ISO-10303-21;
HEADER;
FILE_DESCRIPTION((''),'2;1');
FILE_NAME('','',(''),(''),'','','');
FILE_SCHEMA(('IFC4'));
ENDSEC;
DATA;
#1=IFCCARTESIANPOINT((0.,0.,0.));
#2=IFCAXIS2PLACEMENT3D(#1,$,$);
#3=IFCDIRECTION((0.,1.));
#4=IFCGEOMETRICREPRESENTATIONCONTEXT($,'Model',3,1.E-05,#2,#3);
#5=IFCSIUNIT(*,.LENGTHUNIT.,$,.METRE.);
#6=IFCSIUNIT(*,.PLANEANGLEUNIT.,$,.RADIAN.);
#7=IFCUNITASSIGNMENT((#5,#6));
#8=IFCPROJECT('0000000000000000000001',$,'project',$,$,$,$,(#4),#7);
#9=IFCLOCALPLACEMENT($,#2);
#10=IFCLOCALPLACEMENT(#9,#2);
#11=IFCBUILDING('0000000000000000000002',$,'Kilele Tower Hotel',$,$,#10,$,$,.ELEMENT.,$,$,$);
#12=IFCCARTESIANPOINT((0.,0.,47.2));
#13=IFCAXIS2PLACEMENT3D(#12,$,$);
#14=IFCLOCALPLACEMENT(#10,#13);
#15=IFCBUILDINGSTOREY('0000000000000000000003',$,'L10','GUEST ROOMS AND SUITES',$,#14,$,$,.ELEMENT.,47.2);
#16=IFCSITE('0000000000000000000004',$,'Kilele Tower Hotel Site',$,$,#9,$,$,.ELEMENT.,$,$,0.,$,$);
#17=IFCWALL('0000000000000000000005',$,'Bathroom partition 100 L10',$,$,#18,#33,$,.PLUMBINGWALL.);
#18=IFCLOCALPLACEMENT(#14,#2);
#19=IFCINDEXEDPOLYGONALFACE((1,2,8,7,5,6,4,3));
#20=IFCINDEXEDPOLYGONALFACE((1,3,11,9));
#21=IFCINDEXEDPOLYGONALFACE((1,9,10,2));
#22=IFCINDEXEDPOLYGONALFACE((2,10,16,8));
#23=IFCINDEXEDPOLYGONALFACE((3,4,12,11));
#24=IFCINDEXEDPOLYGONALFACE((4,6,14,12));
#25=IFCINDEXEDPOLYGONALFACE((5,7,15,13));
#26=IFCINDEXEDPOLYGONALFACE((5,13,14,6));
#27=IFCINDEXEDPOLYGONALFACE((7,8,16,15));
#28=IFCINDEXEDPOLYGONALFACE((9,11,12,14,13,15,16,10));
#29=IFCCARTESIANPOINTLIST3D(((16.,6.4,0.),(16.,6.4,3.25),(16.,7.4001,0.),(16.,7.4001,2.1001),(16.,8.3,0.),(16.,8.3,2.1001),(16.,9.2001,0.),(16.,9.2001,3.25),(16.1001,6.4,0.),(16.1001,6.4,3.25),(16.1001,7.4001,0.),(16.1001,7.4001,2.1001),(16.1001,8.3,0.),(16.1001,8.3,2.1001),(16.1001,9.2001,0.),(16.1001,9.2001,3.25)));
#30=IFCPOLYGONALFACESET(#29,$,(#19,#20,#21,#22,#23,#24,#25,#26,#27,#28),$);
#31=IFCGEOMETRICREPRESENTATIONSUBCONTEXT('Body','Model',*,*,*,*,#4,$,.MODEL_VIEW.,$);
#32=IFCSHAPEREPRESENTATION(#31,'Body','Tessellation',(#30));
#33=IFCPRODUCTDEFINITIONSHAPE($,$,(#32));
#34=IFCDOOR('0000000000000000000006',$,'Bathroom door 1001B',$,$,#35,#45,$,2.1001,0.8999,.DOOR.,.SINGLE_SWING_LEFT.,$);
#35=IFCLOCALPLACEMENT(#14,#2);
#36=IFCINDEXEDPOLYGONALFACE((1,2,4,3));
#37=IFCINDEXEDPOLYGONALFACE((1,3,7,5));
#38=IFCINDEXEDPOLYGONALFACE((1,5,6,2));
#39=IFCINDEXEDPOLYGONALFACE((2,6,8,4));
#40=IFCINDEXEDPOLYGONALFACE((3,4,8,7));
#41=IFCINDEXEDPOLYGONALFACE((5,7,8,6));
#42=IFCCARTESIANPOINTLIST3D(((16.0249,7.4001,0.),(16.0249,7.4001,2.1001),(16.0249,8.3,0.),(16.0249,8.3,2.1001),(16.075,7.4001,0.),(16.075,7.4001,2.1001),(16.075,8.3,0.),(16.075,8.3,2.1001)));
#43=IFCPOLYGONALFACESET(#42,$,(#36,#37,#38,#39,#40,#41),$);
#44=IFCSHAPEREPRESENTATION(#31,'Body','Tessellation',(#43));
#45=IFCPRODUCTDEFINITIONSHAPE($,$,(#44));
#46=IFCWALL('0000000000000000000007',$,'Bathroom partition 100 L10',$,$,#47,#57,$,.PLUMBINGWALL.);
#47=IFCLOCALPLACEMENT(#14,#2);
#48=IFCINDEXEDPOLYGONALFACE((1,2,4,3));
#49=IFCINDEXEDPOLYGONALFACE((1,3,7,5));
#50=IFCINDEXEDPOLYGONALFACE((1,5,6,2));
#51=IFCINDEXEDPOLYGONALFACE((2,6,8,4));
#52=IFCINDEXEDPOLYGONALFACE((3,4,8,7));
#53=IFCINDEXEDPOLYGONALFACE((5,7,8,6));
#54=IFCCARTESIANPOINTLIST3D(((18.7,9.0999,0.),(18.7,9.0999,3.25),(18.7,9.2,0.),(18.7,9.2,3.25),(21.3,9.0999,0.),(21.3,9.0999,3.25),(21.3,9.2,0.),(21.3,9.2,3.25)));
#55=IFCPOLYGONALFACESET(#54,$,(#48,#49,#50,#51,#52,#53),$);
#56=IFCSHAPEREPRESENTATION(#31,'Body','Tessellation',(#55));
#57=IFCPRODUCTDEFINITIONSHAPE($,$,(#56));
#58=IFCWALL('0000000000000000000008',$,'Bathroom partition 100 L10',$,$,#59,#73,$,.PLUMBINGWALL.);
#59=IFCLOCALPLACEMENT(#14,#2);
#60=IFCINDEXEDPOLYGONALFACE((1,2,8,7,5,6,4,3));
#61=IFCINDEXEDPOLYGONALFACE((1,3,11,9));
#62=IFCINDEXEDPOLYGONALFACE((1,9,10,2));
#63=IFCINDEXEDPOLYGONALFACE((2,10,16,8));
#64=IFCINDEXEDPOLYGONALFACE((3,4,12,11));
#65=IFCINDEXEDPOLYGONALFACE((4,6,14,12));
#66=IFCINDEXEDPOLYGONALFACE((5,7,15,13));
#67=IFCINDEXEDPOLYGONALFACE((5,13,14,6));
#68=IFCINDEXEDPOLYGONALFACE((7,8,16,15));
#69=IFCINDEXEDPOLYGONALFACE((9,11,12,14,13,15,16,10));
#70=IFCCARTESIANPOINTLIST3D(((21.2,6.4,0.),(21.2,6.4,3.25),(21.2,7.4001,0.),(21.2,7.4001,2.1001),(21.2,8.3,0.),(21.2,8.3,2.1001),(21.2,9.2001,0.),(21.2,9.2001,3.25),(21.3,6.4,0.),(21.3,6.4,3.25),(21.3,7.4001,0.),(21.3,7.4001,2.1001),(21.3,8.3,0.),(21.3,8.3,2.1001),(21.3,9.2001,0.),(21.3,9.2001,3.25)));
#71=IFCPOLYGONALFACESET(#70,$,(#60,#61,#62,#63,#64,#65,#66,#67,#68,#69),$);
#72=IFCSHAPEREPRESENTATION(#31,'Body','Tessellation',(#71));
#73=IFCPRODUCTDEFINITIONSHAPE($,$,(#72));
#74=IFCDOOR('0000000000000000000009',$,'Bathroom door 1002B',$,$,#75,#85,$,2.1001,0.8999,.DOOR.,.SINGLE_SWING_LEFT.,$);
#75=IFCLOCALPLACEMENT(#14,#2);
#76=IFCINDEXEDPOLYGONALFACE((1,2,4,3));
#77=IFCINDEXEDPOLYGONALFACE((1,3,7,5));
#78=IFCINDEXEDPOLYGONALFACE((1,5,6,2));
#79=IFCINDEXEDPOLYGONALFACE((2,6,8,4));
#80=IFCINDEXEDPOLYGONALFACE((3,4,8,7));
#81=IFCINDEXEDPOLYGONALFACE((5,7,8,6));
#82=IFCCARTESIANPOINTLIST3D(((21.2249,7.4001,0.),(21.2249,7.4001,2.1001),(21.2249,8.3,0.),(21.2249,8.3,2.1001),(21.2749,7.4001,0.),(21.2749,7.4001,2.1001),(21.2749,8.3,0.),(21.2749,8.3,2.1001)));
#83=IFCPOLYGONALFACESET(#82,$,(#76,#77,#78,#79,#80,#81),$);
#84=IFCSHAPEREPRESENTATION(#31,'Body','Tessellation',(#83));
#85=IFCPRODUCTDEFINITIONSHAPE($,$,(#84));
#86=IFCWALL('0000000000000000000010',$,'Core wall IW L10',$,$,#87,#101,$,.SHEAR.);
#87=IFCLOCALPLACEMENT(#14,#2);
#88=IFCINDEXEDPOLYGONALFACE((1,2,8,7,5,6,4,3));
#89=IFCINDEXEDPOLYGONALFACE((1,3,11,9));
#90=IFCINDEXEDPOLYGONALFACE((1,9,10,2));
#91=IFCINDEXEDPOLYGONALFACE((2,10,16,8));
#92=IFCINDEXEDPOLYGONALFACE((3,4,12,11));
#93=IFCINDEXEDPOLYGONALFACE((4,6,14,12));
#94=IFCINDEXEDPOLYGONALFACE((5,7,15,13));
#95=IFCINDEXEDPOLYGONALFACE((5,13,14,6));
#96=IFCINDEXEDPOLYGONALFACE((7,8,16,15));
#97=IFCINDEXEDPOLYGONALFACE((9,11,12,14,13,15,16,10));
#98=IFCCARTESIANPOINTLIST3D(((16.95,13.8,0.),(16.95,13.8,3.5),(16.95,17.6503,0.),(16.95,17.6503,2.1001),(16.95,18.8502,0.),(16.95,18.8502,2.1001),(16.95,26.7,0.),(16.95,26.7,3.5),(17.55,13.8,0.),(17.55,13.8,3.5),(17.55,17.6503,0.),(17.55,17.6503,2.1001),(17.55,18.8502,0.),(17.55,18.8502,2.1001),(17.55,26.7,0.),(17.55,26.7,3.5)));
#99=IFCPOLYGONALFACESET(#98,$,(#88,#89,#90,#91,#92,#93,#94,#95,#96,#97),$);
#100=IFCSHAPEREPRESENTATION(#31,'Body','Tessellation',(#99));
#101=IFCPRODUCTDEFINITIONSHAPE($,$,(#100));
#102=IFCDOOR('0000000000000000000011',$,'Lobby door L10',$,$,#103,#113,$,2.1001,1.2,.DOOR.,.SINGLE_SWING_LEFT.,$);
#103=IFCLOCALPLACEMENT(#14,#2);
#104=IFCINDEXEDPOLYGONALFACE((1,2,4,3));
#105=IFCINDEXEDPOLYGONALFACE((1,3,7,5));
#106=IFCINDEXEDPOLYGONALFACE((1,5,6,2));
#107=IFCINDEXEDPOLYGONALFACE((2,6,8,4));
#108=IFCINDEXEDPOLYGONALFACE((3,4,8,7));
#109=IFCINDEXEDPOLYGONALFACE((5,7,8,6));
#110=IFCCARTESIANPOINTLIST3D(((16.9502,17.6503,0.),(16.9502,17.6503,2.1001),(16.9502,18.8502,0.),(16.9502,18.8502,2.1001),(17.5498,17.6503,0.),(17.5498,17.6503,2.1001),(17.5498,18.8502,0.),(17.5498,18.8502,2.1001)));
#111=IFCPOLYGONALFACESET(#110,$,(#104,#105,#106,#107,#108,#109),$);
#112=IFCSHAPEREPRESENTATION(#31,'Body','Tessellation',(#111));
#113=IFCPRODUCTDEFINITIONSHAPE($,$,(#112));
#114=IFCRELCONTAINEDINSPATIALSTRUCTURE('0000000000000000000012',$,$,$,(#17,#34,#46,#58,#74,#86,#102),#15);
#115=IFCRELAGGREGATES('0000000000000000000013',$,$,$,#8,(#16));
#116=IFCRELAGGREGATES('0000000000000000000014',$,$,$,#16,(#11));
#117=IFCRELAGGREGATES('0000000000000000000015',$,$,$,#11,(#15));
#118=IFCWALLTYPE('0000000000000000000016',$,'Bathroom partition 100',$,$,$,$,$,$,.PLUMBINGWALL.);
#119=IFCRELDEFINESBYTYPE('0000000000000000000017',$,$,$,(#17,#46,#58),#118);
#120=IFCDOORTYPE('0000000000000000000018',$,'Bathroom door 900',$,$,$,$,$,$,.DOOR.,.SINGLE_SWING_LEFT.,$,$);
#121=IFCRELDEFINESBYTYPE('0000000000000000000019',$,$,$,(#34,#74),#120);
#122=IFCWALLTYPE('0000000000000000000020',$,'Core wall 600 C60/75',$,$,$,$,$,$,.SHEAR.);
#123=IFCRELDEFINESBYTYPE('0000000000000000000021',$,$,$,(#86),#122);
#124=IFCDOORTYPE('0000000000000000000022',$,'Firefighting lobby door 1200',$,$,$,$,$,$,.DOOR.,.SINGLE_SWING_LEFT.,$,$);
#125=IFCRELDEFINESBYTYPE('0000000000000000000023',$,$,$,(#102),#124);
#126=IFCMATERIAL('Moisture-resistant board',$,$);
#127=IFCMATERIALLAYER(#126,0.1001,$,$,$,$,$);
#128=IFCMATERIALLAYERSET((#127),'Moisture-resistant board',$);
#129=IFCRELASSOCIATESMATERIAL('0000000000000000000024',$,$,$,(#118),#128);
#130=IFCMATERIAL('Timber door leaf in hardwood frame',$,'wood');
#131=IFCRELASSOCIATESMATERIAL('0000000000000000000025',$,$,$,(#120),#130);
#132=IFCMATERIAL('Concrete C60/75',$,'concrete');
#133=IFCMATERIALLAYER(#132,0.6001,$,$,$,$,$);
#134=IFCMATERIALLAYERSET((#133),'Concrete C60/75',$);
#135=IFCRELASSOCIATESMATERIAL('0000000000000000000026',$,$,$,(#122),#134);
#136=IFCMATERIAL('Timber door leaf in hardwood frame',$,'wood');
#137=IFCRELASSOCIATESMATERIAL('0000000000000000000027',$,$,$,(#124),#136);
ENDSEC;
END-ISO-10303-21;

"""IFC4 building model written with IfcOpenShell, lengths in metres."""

from ifc_helpers import new_model, si_unit, direction, frame, frame_2d, origin, place, context, subcontext, project, spatial, rectangle, extrude, material, layer, layer_set, type_object, element, fill, save


model = new_model("IFC4")

# Units and contexts
model_context = context("Model", 3, precision=1e-05, world=origin(), true_north=direction((0.0, 1.0)))
body_context = subcontext(model_context, "Body", "Model", "MODEL_VIEW")
ifc_project = project(units=[si_unit("LENGTHUNIT", "METRE"), si_unit("PLANEANGLEUNIT", "RADIAN")], contexts=[model_context])

# Site, building, storey
site_placement = place(None, origin())
site = spatial("IfcSite", under=ifc_project, at=site_placement, Name="Kilele Tower Hotel Site", CompositionType="ELEMENT", RefElevation=0.0)
building_placement = place(site_placement, origin())
building = spatial("IfcBuilding", under=site, at=building_placement, Name="Kilele Tower Hotel", CompositionType="ELEMENT")
storey_placement = place(building_placement, frame((0.0, 0.0, 47.2)))
storey = spatial("IfcBuildingStorey", under=building, at=storey_placement, Name="L10", Description="GUEST ROOMS AND SUITES", CompositionType="ELEMENT", Elevation=47.2)

# Wall, opening, door
ifc_material_1 = material(Name="Moisture-resistant board")
ifc_layer_1 = layer(ifc_material_1, 0.1001)
ifc_layer_set_1 = layer_set([ifc_layer_1], Name="Moisture-resistant board")
wall_type_1 = type_object("IfcWallType", Name="Bathroom partition 100", PredefinedType="PLUMBINGWALL", material=ifc_layer_set_1)
wall_1_placement = place(storey_placement, frame((16.05, 9.2, 0.0), z_axis=(0.0, 0.0, 1.0), x_axis=(0.0, -1.0, 0.0)))
wall_1 = element("IfcWall", 1, at=wall_1_placement, inside=storey, type_object=wall_type_1, Name="Bathroom partition 100 L10", PredefinedType="PLUMBINGWALL", context=body_context, shape_type="SweptSolid", body=[
    extrude(rectangle(XDim=2.8, YDim=0.1001, at=frame_2d((1.3999, 0.0))), origin(), (0.0, 0.0, 1.0), 3.25),
])
opening_1_placement = place(wall_1_placement, frame((0.8999, 0.0, 0.0)))
opening_1 = element("IfcOpeningElement", 2, at=opening_1_placement, cuts=wall_1, PredefinedType="OPENING", context=body_context, shape_type="SweptSolid", body=[
    extrude(rectangle(XDim=0.8999, YDim=2.1001, at=frame_2d((0.45, 1.05))), frame((0.0, 0.0601, 0.0), z_axis=(0.0, -1.0, 0.0), x_axis=(1.0, 0.0, 0.0)), (0.0, 0.0, 1.0), 0.1201),
])
ifc_material_2 = material(Name="Timber door leaf in hardwood frame", Category="wood")
door_type_1 = type_object("IfcDoorType", Name="Bathroom door 900", OperationType="SINGLE_SWING_LEFT", PredefinedType="DOOR", material=ifc_material_2)
door_1_placement = place(opening_1_placement, origin())
door_1 = element("IfcDoor", 3, at=door_1_placement, inside=storey, type_object=door_type_1, Name="Bathroom door 1001B", OperationType="SINGLE_SWING_LEFT", OverallHeight=2.1001, OverallWidth=0.8999, PredefinedType="DOOR", context=body_context, shape_type="SweptSolid", body=[
    extrude(rectangle(XDim=0.8999, YDim=2.1001, at=frame_2d((0.45, 1.05))), frame((0.0, 0.0249, 0.0), z_axis=(0.0, -1.0, 0.0), x_axis=(1.0, 0.0, 0.0)), (0.0, 0.0, 1.0), 0.05),
])
fill(opening_1, door_1)

# Wall
wall_2_placement = place(storey_placement, frame((18.7, 9.1499, 0.0), z_axis=(0.0, 0.0, 1.0), x_axis=(1.0, 0.0, 0.0)))
element("IfcWall", 4, at=wall_2_placement, inside=storey, type_object=wall_type_1, Name="Bathroom partition 100 L10", PredefinedType="PLUMBINGWALL", context=body_context, shape_type="SweptSolid", body=[
    extrude(rectangle(XDim=2.6001, YDim=0.1001, at=frame_2d((1.3, 0.0))), origin(), (0.0, 0.0, 1.0), 3.25),
])

# Walls, openings, doors
wall_3_placement = place(storey_placement, frame((21.25, 9.2, 0.0), z_axis=(0.0, 0.0, 1.0), x_axis=(0.0, -1.0, 0.0)))
wall_3 = element("IfcWall", 5, at=wall_3_placement, inside=storey, type_object=wall_type_1, Name="Bathroom partition 100 L10", PredefinedType="PLUMBINGWALL", context=body_context, shape_type="SweptSolid", body=[
    extrude(rectangle(XDim=2.8, YDim=0.1001, at=frame_2d((1.3999, 0.0))), origin(), (0.0, 0.0, 1.0), 3.25),
])
opening_2_placement = place(wall_3_placement, frame((0.8999, 0.0, 0.0)))
opening_2 = element("IfcOpeningElement", 6, at=opening_2_placement, cuts=wall_3, PredefinedType="OPENING", context=body_context, shape_type="SweptSolid", body=[
    extrude(rectangle(XDim=0.8999, YDim=2.1001, at=frame_2d((0.45, 1.05))), frame((0.0, 0.0601, 0.0), z_axis=(0.0, -1.0, 0.0), x_axis=(1.0, 0.0, 0.0)), (0.0, 0.0, 1.0), 0.1201),
])
door_2_placement = place(opening_2_placement, origin())
door_2 = element("IfcDoor", 7, at=door_2_placement, inside=storey, type_object=door_type_1, Name="Bathroom door 1002B", OperationType="SINGLE_SWING_LEFT", OverallHeight=2.1001, OverallWidth=0.8999, PredefinedType="DOOR", context=body_context, shape_type="SweptSolid", body=[
    extrude(rectangle(XDim=0.8999, YDim=2.1001, at=frame_2d((0.45, 1.05))), frame((0.0, 0.0249, 0.0), z_axis=(0.0, -1.0, 0.0), x_axis=(1.0, 0.0, 0.0)), (0.0, 0.0, 1.0), 0.05),
])
fill(opening_2, door_2)
ifc_material_3 = material(Name="Concrete C60/75", Category="concrete")
ifc_layer_2 = layer(ifc_material_3, 0.6001)
ifc_layer_set_2 = layer_set([ifc_layer_2], Name="Concrete C60/75")
wall_type_2 = type_object("IfcWallType", Name="Core wall 600 C60/75", PredefinedType="SHEAR", material=ifc_layer_set_2)
wall_4_placement = place(storey_placement, frame((17.25, 13.8, 0.0), z_axis=(0.0, 0.0, 1.0), x_axis=(0.0, 1.0, 0.0)))
wall_4 = element("IfcWall", 8, at=wall_4_placement, inside=storey, type_object=wall_type_2, Name="Core wall IW L10", PredefinedType="SHEAR", context=body_context, shape_type="SweptSolid", body=[
    extrude(rectangle(XDim=12.8999, YDim=0.6001, at=frame_2d((6.45, 0.0))), origin(), (0.0, 0.0, 1.0), 3.5),
])
opening_3_placement = place(wall_4_placement, frame((3.8501, 0.0, 0.0)))
opening_3 = element("IfcOpeningElement", 9, at=opening_3_placement, cuts=wall_4, PredefinedType="OPENING", context=body_context, shape_type="SweptSolid", body=[
    extrude(rectangle(XDim=1.2, YDim=2.1001, at=frame_2d((0.6001, 1.05))), frame((0.0, 0.3101, 0.0), z_axis=(0.0, -1.0, 0.0), x_axis=(1.0, 0.0, 0.0)), (0.0, 0.0, 1.0), 0.6201),
])
ifc_material_4 = material(Name="Timber door leaf in hardwood frame", Category="wood")
door_type_2 = type_object("IfcDoorType", Name="Firefighting lobby door 1200", OperationType="SINGLE_SWING_LEFT", PredefinedType="DOOR", material=ifc_material_4)
door_3_placement = place(opening_3_placement, origin())
door_3 = element("IfcDoor", 10, at=door_3_placement, inside=storey, type_object=door_type_2, Name="Lobby door L10", OperationType="SINGLE_SWING_LEFT", OverallHeight=2.1001, OverallWidth=1.2, PredefinedType="DOOR", context=body_context, shape_type="SweptSolid", body=[
    extrude(rectangle(XDim=1.2, YDim=2.1001, at=frame_2d((0.6001, 1.05))), frame((0.0, 0.2998, 0.0), z_axis=(0.0, -1.0, 0.0), x_axis=(1.0, 0.0, 0.0)), (0.0, 0.0, 1.0), 0.5996),
])
fill(opening_3, door_3)

save(model, "model.ifc")
